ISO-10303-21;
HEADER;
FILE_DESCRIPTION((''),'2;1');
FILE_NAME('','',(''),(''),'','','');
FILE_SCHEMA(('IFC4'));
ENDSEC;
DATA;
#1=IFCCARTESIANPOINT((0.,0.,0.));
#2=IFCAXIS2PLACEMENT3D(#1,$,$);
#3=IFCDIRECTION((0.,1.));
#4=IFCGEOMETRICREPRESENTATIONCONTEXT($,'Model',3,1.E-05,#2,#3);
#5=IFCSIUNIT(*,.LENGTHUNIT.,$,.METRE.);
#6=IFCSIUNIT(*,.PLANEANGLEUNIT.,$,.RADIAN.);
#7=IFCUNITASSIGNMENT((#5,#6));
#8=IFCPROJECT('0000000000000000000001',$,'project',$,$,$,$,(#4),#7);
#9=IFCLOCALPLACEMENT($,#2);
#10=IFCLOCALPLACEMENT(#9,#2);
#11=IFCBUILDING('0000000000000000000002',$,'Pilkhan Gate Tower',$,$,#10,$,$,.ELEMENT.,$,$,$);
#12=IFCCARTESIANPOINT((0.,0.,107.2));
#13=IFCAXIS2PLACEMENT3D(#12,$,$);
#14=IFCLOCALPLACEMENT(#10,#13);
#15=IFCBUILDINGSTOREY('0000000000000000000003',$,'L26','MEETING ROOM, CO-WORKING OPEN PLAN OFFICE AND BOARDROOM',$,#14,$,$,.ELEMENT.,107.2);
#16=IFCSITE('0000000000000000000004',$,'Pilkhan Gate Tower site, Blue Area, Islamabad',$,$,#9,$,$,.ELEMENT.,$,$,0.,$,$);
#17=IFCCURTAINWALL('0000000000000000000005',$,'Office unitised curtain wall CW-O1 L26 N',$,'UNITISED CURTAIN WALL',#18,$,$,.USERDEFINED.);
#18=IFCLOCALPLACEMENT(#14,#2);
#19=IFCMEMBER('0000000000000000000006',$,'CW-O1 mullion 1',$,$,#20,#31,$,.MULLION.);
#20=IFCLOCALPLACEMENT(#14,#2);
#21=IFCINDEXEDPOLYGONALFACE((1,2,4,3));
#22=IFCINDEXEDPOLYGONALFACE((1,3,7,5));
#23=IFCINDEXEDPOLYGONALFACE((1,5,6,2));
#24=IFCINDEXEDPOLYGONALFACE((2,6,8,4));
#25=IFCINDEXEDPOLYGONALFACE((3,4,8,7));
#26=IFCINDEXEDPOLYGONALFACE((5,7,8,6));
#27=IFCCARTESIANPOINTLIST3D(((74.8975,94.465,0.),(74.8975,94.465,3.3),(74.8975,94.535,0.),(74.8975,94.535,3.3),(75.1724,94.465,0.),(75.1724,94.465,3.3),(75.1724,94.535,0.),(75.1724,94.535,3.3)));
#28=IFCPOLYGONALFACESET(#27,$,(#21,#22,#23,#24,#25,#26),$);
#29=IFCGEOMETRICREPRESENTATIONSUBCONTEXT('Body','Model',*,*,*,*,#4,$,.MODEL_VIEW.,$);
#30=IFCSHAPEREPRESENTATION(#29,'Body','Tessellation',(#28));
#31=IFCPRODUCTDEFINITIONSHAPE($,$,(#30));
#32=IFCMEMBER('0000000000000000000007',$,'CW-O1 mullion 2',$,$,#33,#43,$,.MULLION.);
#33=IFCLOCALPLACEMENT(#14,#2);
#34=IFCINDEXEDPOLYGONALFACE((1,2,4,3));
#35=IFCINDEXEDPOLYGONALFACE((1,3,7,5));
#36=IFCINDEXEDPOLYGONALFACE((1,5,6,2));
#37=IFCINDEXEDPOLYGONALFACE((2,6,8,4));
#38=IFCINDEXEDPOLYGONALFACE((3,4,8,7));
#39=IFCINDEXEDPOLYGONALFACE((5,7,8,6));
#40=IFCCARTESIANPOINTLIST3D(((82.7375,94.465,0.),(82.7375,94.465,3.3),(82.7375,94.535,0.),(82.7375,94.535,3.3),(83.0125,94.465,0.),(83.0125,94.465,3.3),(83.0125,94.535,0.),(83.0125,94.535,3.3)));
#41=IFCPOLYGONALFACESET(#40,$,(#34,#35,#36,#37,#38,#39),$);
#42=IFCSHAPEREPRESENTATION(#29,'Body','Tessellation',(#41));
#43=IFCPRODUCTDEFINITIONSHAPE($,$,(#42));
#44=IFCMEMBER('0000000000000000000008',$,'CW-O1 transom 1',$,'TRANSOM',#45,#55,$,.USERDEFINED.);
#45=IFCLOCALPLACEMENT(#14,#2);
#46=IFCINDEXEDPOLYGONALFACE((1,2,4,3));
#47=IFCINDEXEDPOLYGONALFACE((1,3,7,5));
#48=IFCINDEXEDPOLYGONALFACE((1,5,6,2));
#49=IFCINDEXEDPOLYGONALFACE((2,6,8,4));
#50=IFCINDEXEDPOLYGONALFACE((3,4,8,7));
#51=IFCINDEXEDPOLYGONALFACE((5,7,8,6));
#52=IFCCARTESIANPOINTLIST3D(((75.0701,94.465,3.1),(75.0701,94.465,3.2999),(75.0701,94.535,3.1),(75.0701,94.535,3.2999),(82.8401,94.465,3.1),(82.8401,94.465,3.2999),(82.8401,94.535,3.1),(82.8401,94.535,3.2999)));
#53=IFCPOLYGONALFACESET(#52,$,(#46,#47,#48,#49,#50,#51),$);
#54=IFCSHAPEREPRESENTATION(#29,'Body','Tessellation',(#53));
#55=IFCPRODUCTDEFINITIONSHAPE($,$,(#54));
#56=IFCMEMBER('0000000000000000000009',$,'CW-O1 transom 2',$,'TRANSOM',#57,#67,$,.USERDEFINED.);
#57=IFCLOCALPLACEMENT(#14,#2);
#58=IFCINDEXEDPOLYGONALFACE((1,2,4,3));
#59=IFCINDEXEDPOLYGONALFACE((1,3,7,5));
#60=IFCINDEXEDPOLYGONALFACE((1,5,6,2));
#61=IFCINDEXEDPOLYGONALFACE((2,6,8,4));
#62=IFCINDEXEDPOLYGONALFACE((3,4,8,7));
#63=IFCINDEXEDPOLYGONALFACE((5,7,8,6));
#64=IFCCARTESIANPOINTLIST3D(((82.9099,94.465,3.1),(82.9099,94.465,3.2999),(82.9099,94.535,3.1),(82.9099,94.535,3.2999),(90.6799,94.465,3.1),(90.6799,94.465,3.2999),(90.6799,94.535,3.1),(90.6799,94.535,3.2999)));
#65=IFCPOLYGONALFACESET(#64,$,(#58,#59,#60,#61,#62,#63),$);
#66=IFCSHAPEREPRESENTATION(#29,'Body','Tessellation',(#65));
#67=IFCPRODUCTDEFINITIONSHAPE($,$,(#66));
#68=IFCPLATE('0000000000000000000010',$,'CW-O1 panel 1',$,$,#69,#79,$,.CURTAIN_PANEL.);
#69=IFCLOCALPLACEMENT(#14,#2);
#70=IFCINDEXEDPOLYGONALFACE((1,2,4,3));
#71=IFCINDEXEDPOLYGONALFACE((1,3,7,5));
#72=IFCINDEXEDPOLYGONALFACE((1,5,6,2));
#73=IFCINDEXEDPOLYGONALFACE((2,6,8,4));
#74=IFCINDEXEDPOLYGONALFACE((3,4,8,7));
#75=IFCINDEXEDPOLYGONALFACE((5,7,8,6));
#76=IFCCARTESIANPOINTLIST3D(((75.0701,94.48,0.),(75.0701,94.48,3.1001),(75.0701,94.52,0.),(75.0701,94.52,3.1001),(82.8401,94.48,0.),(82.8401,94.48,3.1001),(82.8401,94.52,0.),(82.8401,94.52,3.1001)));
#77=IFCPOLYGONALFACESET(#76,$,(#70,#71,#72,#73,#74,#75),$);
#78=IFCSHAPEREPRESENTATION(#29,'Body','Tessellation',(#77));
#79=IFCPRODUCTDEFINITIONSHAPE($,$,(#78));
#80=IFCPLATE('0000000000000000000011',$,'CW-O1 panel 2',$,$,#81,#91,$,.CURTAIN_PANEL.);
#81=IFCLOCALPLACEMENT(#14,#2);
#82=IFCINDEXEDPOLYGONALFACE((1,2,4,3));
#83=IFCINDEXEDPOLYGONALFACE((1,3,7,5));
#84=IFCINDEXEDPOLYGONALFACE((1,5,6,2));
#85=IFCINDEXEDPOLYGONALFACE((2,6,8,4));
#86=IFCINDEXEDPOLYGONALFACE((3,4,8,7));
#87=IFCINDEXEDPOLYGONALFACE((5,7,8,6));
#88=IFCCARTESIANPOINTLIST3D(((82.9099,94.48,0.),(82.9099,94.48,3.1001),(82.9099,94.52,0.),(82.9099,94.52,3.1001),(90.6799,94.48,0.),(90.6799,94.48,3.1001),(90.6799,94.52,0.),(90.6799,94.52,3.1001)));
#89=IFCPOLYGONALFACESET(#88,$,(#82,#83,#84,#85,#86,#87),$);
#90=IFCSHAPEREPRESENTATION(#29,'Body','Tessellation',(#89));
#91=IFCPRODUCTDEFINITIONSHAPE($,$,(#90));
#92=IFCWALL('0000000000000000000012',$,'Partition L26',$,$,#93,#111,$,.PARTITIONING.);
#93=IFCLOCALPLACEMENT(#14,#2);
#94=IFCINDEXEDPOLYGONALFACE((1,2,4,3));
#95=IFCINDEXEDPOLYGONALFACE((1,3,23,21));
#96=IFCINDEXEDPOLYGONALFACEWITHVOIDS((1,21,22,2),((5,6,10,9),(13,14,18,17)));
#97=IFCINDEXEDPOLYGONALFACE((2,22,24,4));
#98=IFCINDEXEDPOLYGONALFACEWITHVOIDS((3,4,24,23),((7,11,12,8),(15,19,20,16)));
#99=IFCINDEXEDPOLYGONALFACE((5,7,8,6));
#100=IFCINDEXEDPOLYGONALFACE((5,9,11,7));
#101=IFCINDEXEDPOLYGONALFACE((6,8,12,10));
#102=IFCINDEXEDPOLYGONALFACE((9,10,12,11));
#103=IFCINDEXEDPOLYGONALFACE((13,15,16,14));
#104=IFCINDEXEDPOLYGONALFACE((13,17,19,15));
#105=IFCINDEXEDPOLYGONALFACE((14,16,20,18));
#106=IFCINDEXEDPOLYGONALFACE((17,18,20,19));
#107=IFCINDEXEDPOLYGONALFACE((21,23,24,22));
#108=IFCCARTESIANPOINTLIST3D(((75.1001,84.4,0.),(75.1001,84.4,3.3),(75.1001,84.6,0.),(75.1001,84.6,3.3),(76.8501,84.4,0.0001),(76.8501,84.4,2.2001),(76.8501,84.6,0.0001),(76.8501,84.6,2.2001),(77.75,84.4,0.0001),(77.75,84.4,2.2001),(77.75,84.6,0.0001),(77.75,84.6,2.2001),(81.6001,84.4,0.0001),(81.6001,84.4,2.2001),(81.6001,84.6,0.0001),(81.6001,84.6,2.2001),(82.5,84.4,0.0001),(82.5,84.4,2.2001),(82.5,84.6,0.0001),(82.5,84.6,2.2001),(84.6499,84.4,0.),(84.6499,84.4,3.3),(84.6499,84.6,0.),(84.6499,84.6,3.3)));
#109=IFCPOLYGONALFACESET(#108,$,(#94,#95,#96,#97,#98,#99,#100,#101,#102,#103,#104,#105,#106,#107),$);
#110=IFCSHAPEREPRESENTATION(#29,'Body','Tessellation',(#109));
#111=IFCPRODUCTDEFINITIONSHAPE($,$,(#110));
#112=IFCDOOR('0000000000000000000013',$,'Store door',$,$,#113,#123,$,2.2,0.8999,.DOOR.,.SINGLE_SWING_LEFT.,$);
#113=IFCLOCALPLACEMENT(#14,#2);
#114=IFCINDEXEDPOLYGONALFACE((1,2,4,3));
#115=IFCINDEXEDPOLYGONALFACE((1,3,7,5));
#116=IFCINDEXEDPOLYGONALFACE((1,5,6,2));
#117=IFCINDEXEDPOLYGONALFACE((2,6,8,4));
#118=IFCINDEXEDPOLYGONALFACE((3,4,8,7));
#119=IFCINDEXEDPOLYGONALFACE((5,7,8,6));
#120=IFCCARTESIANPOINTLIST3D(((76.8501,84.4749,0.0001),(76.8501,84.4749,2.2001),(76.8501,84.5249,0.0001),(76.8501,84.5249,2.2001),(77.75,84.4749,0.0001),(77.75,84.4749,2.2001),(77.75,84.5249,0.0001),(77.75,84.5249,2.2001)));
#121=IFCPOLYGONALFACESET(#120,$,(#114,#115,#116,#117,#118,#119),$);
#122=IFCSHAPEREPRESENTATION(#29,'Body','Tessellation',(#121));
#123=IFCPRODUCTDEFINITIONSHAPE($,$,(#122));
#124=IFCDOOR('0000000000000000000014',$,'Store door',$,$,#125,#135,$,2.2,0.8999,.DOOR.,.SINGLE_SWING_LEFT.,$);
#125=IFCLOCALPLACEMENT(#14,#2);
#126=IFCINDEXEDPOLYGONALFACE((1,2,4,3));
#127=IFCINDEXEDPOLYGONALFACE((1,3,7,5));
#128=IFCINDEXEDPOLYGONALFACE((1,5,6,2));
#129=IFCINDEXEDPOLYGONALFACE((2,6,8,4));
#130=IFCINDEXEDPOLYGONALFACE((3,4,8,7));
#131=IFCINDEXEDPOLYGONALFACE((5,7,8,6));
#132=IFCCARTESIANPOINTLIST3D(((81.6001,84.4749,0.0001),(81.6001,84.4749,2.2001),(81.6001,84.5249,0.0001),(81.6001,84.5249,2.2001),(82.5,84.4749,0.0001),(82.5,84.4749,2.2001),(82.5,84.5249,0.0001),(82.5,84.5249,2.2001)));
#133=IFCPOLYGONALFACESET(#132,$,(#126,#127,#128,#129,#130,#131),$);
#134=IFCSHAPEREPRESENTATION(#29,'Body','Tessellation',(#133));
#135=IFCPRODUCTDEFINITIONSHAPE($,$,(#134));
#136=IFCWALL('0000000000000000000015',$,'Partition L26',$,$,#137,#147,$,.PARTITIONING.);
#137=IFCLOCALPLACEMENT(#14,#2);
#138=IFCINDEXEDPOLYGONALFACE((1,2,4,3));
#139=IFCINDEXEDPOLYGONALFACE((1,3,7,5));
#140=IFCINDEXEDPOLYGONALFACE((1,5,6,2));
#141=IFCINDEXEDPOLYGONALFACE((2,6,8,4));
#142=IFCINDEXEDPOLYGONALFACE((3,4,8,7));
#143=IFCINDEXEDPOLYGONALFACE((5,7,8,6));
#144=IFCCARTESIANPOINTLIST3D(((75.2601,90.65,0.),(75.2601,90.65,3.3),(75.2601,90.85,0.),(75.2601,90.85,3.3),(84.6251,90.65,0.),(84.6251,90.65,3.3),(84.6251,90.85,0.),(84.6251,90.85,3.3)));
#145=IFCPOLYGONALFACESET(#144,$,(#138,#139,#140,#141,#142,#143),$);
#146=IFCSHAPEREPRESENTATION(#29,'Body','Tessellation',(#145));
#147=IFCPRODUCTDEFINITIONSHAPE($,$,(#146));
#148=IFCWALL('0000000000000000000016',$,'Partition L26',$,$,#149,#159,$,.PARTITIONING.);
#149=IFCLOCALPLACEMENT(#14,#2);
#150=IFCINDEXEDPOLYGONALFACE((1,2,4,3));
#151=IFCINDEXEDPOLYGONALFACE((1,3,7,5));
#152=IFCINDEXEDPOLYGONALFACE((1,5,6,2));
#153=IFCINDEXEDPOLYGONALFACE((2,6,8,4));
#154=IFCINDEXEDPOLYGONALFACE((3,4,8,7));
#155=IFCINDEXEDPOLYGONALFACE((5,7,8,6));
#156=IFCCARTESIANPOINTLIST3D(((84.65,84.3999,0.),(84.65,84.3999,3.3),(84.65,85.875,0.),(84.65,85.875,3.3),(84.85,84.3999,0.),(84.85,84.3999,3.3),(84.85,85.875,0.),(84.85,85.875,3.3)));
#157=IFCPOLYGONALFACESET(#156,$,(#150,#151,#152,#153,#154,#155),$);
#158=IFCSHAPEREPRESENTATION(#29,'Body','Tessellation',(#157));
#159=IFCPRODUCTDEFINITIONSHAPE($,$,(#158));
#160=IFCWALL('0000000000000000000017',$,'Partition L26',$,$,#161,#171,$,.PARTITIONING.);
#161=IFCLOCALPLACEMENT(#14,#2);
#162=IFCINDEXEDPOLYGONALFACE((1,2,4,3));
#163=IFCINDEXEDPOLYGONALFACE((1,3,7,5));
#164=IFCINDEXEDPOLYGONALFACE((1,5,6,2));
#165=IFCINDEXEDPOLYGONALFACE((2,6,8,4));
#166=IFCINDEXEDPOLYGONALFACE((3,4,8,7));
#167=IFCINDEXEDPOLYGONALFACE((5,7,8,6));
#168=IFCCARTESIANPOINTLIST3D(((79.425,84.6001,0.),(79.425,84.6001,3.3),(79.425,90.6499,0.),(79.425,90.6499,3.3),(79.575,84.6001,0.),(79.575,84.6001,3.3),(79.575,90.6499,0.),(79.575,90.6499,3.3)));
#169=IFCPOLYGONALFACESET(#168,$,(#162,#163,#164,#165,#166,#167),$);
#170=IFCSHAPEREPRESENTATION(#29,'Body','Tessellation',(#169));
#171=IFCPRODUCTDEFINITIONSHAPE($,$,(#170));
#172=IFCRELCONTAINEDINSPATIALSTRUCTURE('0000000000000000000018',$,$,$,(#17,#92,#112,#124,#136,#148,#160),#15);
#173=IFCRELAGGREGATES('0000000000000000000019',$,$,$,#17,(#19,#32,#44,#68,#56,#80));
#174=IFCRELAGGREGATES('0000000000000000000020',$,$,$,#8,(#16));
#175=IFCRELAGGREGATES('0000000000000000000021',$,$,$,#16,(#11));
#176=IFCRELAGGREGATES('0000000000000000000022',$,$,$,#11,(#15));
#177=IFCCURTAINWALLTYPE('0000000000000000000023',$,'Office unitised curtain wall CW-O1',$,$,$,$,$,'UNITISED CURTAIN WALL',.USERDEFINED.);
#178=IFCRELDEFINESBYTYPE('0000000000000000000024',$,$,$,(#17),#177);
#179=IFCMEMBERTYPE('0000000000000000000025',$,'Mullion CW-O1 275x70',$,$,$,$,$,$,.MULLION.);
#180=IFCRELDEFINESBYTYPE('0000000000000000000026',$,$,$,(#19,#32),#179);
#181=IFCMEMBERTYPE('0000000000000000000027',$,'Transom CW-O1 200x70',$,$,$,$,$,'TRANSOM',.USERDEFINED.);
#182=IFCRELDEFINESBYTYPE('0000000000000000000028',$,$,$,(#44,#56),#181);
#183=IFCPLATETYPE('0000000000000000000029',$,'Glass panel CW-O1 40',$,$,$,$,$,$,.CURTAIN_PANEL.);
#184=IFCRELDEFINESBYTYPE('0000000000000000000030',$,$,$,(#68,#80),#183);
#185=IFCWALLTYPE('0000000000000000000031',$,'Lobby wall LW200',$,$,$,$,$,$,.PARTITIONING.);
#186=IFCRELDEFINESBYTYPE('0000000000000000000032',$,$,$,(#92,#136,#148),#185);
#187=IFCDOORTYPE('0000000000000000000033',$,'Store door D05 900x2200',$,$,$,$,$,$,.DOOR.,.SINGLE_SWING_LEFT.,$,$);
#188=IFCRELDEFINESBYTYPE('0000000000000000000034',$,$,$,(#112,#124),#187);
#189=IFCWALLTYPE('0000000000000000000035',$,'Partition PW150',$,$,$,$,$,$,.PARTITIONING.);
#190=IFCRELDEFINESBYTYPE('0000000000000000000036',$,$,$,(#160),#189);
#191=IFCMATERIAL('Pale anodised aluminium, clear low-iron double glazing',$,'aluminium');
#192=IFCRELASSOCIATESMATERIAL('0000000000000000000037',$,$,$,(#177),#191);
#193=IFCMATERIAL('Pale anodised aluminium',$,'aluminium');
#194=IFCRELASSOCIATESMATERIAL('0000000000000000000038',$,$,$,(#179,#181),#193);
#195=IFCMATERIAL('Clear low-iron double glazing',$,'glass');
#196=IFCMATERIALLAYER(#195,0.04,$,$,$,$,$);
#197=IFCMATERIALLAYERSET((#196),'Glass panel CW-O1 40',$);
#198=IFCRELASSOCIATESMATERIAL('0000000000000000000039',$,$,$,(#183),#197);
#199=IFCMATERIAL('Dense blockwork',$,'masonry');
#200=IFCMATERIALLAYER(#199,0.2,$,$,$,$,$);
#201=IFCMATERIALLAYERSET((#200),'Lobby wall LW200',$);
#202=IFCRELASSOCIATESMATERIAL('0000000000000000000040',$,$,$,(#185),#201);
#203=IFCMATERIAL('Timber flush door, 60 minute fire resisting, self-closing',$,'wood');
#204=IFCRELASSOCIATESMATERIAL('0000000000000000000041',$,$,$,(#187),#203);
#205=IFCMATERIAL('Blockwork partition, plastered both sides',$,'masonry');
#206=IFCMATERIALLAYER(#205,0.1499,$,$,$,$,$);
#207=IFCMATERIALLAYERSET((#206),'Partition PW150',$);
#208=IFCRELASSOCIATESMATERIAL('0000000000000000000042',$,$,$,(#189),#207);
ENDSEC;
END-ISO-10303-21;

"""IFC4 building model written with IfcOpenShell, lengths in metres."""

from ifc_helpers import new_model, si_unit, direction, frame, frame_2d, origin, origin_2d, place, context, subcontext, project, spatial, rectangle, extrude, material, layer, layer_set, material_profile, profile_set, type_object, element, fill, aggregate, save


model = new_model("IFC4")

# Units and contexts
model_context = context("Model", 3, precision=1e-05, world=origin(), true_north=direction((0.0, 1.0)))
body_context = subcontext(model_context, "Body", "Model", "MODEL_VIEW")
ifc_project = project(units=[si_unit("LENGTHUNIT", "METRE"), si_unit("PLANEANGLEUNIT", "RADIAN")], contexts=[model_context])

# Site, building, storey
site_placement = place(None, origin())
site = spatial("IfcSite", under=ifc_project, at=site_placement, Name="Pilkhan Gate Tower site, Blue Area, Islamabad", CompositionType="ELEMENT", RefElevation=0.0)
building_placement = place(site_placement, origin())
building = spatial("IfcBuilding", under=site, at=building_placement, Name="Pilkhan Gate Tower", CompositionType="ELEMENT")
storey_placement = place(building_placement, frame((0.0, 0.0, 107.2)))
storey = spatial("IfcBuildingStorey", under=building, at=storey_placement, Name="L26", Description="MEETING ROOM, CO-WORKING OPEN PLAN OFFICE AND BOARDROOM", CompositionType="ELEMENT", Elevation=107.2)

# Curtain wall, members, plates
ifc_material_1 = material(Name="Pale anodised aluminium, clear low-iron double glazing", Category="aluminium")
curtain_wall_type = type_object("IfcCurtainWallType", Name="Office unitised curtain wall CW-O1", ElementType="UNITISED CURTAIN WALL", PredefinedType="USERDEFINED", material=ifc_material_1)
curtain_wall_placement = place(storey_placement, origin())
curtain_wall = element("IfcCurtainWall", 1, at=curtain_wall_placement, inside=storey, type_object=curtain_wall_type, Name="Office unitised curtain wall CW-O1 L26 N", ObjectType="UNITISED CURTAIN WALL", PredefinedType="USERDEFINED")
ifc_material_2 = material(Name="Pale anodised aluminium", Category="aluminium")
ifc_material_profile_1 = material_profile(ifc_material_2, rectangle(XDim=0.0701, YDim=0.2749, at=origin_2d()), Name="Mullion 275x70")
ifc_profile_set_1 = profile_set([ifc_material_profile_1], Name="Pale anodised aluminium")
member_type_1 = type_object("IfcMemberType", Name="Mullion CW-O1 275x70", PredefinedType="MULLION", material=ifc_profile_set_1)
member_1_placement = place(storey_placement, frame((75.0349, 94.5, 0.0), z_axis=(0.0, 0.0, 1.0), x_axis=(0.0, 1.0, 0.0)))
member_1 = element("IfcMember", 2, at=member_1_placement, type_object=member_type_1, Name="CW-O1 mullion 1", PredefinedType="MULLION", context=body_context, shape_type="SweptSolid", body=[
    extrude(rectangle(XDim=0.0701, YDim=0.2749, at=origin_2d()), origin(), (0.0, 0.0, 1.0), 3.3),
])
member_2_placement = place(storey_placement, frame((82.875, 94.5, 0.0), z_axis=(0.0, 0.0, 1.0), x_axis=(0.0, 1.0, 0.0)))
member_2 = element("IfcMember", 3, at=member_2_placement, type_object=member_type_1, Name="CW-O1 mullion 2", PredefinedType="MULLION", context=body_context, shape_type="SweptSolid", body=[
    extrude(rectangle(XDim=0.0701, YDim=0.2749, at=origin_2d()), origin(), (0.0, 0.0, 1.0), 3.3),
])
ifc_material_profile_2 = material_profile(ifc_material_2, rectangle(XDim=0.0701, YDim=0.2, at=origin_2d()), Name="Transom 200x70")
ifc_profile_set_2 = profile_set([ifc_material_profile_2], Name="Pale anodised aluminium")
member_type_2 = type_object("IfcMemberType", Name="Transom CW-O1 200x70", ElementType="TRANSOM", PredefinedType="USERDEFINED", material=ifc_profile_set_2)
member_3_placement = place(storey_placement, frame((75.0701, 94.5, 3.2), z_axis=(1.0, 0.0, 0.0), x_axis=(0.0, 1.0, 0.0)))
member_3 = element("IfcMember", 4, at=member_3_placement, type_object=member_type_2, Name="CW-O1 transom 1", ObjectType="TRANSOM", PredefinedType="USERDEFINED", context=body_context, shape_type="SweptSolid", body=[
    extrude(rectangle(XDim=0.0701, YDim=0.2, at=origin_2d()), origin(), (0.0, 0.0, 1.0), 7.77),
])
member_4_placement = place(storey_placement, frame((82.9099, 94.5, 3.2), z_axis=(1.0, 0.0, 0.0), x_axis=(0.0, 1.0, 0.0)))
member_4 = element("IfcMember", 5, at=member_4_placement, type_object=member_type_2, Name="CW-O1 transom 2", ObjectType="TRANSOM", PredefinedType="USERDEFINED", context=body_context, shape_type="SweptSolid", body=[
    extrude(rectangle(XDim=0.0701, YDim=0.2, at=origin_2d()), origin(), (0.0, 0.0, 1.0), 7.77),
])
ifc_material_3 = material(Name="Clear low-iron double glazing", Category="glass")
ifc_layer_1 = layer(ifc_material_3, 0.04)
ifc_layer_set_1 = layer_set([ifc_layer_1], Name="Glass panel CW-O1 40")
plate_type = type_object("IfcPlateType", Name="Glass panel CW-O1 40", PredefinedType="CURTAIN_PANEL", material=ifc_layer_set_1)
plate_1_placement = place(storey_placement, frame((78.9551, 94.5, 0.0), z_axis=(0.0, 0.0, 1.0), x_axis=(1.0, 0.0, 0.0)))
plate_1 = element("IfcPlate", 6, at=plate_1_placement, type_object=plate_type, Name="CW-O1 panel 1", PredefinedType="CURTAIN_PANEL", context=body_context, shape_type="SweptSolid", body=[
    extrude(rectangle(XDim=7.77, YDim=0.04, at=origin_2d()), origin(), (0.0, 0.0, 1.0), 3.1001),
])
plate_2_placement = place(storey_placement, frame((86.7949, 94.5, 0.0), z_axis=(0.0, 0.0, 1.0), x_axis=(1.0, 0.0, 0.0)))
plate_2 = element("IfcPlate", 7, at=plate_2_placement, type_object=plate_type, Name="CW-O1 panel 2", PredefinedType="CURTAIN_PANEL", context=body_context, shape_type="SweptSolid", body=[
    extrude(rectangle(XDim=7.77, YDim=0.04, at=origin_2d()), origin(), (0.0, 0.0, 1.0), 3.1001),
])
aggregate(curtain_wall, [member_1, member_2, member_3, plate_1, member_4, plate_2])

# Wall, openings, doors
ifc_material_4 = material(Name="Dense blockwork", Category="masonry")
ifc_layer_2 = layer(ifc_material_4, 0.2)
ifc_layer_set_2 = layer_set([ifc_layer_2], Name="Lobby wall LW200")
wall_type_1 = type_object("IfcWallType", Name="Lobby wall LW200", PredefinedType="PARTITIONING", material=ifc_layer_set_2)
wall_1_placement = place(storey_placement, frame((75.1001, 84.5, 0.0), z_axis=(0.0, 0.0, 1.0), x_axis=(1.0, 0.0, 0.0)))
wall_1 = element("IfcWall", 8, at=wall_1_placement, inside=storey, type_object=wall_type_1, Name="Partition L26", PredefinedType="PARTITIONING", context=body_context, shape_type="SweptSolid", body=[
    extrude(rectangle(XDim=9.5498, YDim=0.2, at=frame_2d((4.7749, 0.0))), origin(), (0.0, 0.0, 1.0), 3.3),
])
opening_1_placement = place(wall_1_placement, frame((1.75, 0.0, 0.0)))
opening_1 = element("IfcOpeningElement", 9, at=opening_1_placement, cuts=wall_1, PredefinedType="OPENING", context=body_context, shape_type="SweptSolid", body=[
    extrude(rectangle(XDim=0.8999, YDim=2.2, at=frame_2d((0.45, 1.1001))), frame((0.0, 0.1099, 0.0), z_axis=(0.0, -1.0, 0.0), x_axis=(1.0, 0.0, 0.0)), (0.0, 0.0, 1.0), 0.22),
])
opening_2_placement = place(wall_1_placement, frame((6.5, 0.0, 0.0)))
opening_2 = element("IfcOpeningElement", 10, at=opening_2_placement, cuts=wall_1, PredefinedType="OPENING", context=body_context, shape_type="SweptSolid", body=[
    extrude(rectangle(XDim=0.8999, YDim=2.2, at=frame_2d((0.45, 1.1001))), frame((0.0, 0.1099, 0.0), z_axis=(0.0, -1.0, 0.0), x_axis=(1.0, 0.0, 0.0)), (0.0, 0.0, 1.0), 0.22),
])
ifc_material_5 = material(Name="Timber flush door, 60 minute fire resisting, self-closing", Category="wood")
door_type = type_object("IfcDoorType", Name="Store door D05 900x2200", OperationType="SINGLE_SWING_LEFT", PredefinedType="DOOR", material=ifc_material_5)
door_1_placement = place(opening_1_placement, origin())
door_1 = element("IfcDoor", 11, at=door_1_placement, inside=storey, type_object=door_type, Name="Store door", OperationType="SINGLE_SWING_LEFT", OverallHeight=2.2, OverallWidth=0.8999, PredefinedType="DOOR", context=body_context, shape_type="SweptSolid", body=[
    extrude(rectangle(XDim=0.8999, YDim=2.2, at=frame_2d((0.45, 1.1001))), frame((0.0, 0.0249, 0.0), z_axis=(0.0, -1.0, 0.0), x_axis=(1.0, 0.0, 0.0)), (0.0, 0.0, 1.0), 0.05),
])
fill(opening_1, door_1)
door_2_placement = place(opening_2_placement, origin())
door_2 = element("IfcDoor", 12, at=door_2_placement, inside=storey, type_object=door_type, Name="Store door", OperationType="SINGLE_SWING_LEFT", OverallHeight=2.2, OverallWidth=0.8999, PredefinedType="DOOR", context=body_context, shape_type="SweptSolid", body=[
    extrude(rectangle(XDim=0.8999, YDim=2.2, at=frame_2d((0.45, 1.1001))), frame((0.0, 0.0249, 0.0), z_axis=(0.0, -1.0, 0.0), x_axis=(1.0, 0.0, 0.0)), (0.0, 0.0, 1.0), 0.05),
])
fill(opening_2, door_2)

# Walls
wall_2_placement = place(storey_placement, frame((75.26, 90.75, 0.0), z_axis=(0.0, 0.0, 1.0), x_axis=(1.0, 0.0, 0.0)))
element("IfcWall", 13, at=wall_2_placement, inside=storey, type_object=wall_type_1, Name="Partition L26", PredefinedType="PARTITIONING", context=body_context, shape_type="SweptSolid", body=[
    extrude(rectangle(XDim=9.365, YDim=0.2, at=frame_2d((4.6826, 0.0))), origin(), (0.0, 0.0, 1.0), 3.3),
])
wall_3_placement = place(storey_placement, frame((84.75, 84.3999, 0.0), z_axis=(0.0, 0.0, 1.0), x_axis=(0.0, 1.0, 0.0)))
element("IfcWall", 14, at=wall_3_placement, inside=storey, type_object=wall_type_1, Name="Partition L26", PredefinedType="PARTITIONING", context=body_context, shape_type="SweptSolid", body=[
    extrude(rectangle(XDim=1.4751, YDim=0.2, at=frame_2d((0.7375, 0.0))), origin(), (0.0, 0.0, 1.0), 3.3),
])
ifc_material_6 = material(Name="Blockwork partition, plastered both sides", Category="masonry")
ifc_layer_3 = layer(ifc_material_6, 0.1499)
ifc_layer_set_3 = layer_set([ifc_layer_3], Name="Partition PW150")
wall_type_2 = type_object("IfcWallType", Name="Partition PW150", PredefinedType="PARTITIONING", material=ifc_layer_set_3)
wall_4_placement = place(storey_placement, frame((79.5, 84.6001, 0.0), z_axis=(0.0, 0.0, 1.0), x_axis=(0.0, 1.0, 0.0)))
element("IfcWall", 15, at=wall_4_placement, inside=storey, type_object=wall_type_2, Name="Partition L26", PredefinedType="PARTITIONING", context=body_context, shape_type="SweptSolid", body=[
    extrude(rectangle(XDim=6.0498, YDim=0.1499, at=frame_2d((3.0249, 0.0))), origin(), (0.0, 0.0, 1.0), 3.3),
])

save(model, "model.ifc")
